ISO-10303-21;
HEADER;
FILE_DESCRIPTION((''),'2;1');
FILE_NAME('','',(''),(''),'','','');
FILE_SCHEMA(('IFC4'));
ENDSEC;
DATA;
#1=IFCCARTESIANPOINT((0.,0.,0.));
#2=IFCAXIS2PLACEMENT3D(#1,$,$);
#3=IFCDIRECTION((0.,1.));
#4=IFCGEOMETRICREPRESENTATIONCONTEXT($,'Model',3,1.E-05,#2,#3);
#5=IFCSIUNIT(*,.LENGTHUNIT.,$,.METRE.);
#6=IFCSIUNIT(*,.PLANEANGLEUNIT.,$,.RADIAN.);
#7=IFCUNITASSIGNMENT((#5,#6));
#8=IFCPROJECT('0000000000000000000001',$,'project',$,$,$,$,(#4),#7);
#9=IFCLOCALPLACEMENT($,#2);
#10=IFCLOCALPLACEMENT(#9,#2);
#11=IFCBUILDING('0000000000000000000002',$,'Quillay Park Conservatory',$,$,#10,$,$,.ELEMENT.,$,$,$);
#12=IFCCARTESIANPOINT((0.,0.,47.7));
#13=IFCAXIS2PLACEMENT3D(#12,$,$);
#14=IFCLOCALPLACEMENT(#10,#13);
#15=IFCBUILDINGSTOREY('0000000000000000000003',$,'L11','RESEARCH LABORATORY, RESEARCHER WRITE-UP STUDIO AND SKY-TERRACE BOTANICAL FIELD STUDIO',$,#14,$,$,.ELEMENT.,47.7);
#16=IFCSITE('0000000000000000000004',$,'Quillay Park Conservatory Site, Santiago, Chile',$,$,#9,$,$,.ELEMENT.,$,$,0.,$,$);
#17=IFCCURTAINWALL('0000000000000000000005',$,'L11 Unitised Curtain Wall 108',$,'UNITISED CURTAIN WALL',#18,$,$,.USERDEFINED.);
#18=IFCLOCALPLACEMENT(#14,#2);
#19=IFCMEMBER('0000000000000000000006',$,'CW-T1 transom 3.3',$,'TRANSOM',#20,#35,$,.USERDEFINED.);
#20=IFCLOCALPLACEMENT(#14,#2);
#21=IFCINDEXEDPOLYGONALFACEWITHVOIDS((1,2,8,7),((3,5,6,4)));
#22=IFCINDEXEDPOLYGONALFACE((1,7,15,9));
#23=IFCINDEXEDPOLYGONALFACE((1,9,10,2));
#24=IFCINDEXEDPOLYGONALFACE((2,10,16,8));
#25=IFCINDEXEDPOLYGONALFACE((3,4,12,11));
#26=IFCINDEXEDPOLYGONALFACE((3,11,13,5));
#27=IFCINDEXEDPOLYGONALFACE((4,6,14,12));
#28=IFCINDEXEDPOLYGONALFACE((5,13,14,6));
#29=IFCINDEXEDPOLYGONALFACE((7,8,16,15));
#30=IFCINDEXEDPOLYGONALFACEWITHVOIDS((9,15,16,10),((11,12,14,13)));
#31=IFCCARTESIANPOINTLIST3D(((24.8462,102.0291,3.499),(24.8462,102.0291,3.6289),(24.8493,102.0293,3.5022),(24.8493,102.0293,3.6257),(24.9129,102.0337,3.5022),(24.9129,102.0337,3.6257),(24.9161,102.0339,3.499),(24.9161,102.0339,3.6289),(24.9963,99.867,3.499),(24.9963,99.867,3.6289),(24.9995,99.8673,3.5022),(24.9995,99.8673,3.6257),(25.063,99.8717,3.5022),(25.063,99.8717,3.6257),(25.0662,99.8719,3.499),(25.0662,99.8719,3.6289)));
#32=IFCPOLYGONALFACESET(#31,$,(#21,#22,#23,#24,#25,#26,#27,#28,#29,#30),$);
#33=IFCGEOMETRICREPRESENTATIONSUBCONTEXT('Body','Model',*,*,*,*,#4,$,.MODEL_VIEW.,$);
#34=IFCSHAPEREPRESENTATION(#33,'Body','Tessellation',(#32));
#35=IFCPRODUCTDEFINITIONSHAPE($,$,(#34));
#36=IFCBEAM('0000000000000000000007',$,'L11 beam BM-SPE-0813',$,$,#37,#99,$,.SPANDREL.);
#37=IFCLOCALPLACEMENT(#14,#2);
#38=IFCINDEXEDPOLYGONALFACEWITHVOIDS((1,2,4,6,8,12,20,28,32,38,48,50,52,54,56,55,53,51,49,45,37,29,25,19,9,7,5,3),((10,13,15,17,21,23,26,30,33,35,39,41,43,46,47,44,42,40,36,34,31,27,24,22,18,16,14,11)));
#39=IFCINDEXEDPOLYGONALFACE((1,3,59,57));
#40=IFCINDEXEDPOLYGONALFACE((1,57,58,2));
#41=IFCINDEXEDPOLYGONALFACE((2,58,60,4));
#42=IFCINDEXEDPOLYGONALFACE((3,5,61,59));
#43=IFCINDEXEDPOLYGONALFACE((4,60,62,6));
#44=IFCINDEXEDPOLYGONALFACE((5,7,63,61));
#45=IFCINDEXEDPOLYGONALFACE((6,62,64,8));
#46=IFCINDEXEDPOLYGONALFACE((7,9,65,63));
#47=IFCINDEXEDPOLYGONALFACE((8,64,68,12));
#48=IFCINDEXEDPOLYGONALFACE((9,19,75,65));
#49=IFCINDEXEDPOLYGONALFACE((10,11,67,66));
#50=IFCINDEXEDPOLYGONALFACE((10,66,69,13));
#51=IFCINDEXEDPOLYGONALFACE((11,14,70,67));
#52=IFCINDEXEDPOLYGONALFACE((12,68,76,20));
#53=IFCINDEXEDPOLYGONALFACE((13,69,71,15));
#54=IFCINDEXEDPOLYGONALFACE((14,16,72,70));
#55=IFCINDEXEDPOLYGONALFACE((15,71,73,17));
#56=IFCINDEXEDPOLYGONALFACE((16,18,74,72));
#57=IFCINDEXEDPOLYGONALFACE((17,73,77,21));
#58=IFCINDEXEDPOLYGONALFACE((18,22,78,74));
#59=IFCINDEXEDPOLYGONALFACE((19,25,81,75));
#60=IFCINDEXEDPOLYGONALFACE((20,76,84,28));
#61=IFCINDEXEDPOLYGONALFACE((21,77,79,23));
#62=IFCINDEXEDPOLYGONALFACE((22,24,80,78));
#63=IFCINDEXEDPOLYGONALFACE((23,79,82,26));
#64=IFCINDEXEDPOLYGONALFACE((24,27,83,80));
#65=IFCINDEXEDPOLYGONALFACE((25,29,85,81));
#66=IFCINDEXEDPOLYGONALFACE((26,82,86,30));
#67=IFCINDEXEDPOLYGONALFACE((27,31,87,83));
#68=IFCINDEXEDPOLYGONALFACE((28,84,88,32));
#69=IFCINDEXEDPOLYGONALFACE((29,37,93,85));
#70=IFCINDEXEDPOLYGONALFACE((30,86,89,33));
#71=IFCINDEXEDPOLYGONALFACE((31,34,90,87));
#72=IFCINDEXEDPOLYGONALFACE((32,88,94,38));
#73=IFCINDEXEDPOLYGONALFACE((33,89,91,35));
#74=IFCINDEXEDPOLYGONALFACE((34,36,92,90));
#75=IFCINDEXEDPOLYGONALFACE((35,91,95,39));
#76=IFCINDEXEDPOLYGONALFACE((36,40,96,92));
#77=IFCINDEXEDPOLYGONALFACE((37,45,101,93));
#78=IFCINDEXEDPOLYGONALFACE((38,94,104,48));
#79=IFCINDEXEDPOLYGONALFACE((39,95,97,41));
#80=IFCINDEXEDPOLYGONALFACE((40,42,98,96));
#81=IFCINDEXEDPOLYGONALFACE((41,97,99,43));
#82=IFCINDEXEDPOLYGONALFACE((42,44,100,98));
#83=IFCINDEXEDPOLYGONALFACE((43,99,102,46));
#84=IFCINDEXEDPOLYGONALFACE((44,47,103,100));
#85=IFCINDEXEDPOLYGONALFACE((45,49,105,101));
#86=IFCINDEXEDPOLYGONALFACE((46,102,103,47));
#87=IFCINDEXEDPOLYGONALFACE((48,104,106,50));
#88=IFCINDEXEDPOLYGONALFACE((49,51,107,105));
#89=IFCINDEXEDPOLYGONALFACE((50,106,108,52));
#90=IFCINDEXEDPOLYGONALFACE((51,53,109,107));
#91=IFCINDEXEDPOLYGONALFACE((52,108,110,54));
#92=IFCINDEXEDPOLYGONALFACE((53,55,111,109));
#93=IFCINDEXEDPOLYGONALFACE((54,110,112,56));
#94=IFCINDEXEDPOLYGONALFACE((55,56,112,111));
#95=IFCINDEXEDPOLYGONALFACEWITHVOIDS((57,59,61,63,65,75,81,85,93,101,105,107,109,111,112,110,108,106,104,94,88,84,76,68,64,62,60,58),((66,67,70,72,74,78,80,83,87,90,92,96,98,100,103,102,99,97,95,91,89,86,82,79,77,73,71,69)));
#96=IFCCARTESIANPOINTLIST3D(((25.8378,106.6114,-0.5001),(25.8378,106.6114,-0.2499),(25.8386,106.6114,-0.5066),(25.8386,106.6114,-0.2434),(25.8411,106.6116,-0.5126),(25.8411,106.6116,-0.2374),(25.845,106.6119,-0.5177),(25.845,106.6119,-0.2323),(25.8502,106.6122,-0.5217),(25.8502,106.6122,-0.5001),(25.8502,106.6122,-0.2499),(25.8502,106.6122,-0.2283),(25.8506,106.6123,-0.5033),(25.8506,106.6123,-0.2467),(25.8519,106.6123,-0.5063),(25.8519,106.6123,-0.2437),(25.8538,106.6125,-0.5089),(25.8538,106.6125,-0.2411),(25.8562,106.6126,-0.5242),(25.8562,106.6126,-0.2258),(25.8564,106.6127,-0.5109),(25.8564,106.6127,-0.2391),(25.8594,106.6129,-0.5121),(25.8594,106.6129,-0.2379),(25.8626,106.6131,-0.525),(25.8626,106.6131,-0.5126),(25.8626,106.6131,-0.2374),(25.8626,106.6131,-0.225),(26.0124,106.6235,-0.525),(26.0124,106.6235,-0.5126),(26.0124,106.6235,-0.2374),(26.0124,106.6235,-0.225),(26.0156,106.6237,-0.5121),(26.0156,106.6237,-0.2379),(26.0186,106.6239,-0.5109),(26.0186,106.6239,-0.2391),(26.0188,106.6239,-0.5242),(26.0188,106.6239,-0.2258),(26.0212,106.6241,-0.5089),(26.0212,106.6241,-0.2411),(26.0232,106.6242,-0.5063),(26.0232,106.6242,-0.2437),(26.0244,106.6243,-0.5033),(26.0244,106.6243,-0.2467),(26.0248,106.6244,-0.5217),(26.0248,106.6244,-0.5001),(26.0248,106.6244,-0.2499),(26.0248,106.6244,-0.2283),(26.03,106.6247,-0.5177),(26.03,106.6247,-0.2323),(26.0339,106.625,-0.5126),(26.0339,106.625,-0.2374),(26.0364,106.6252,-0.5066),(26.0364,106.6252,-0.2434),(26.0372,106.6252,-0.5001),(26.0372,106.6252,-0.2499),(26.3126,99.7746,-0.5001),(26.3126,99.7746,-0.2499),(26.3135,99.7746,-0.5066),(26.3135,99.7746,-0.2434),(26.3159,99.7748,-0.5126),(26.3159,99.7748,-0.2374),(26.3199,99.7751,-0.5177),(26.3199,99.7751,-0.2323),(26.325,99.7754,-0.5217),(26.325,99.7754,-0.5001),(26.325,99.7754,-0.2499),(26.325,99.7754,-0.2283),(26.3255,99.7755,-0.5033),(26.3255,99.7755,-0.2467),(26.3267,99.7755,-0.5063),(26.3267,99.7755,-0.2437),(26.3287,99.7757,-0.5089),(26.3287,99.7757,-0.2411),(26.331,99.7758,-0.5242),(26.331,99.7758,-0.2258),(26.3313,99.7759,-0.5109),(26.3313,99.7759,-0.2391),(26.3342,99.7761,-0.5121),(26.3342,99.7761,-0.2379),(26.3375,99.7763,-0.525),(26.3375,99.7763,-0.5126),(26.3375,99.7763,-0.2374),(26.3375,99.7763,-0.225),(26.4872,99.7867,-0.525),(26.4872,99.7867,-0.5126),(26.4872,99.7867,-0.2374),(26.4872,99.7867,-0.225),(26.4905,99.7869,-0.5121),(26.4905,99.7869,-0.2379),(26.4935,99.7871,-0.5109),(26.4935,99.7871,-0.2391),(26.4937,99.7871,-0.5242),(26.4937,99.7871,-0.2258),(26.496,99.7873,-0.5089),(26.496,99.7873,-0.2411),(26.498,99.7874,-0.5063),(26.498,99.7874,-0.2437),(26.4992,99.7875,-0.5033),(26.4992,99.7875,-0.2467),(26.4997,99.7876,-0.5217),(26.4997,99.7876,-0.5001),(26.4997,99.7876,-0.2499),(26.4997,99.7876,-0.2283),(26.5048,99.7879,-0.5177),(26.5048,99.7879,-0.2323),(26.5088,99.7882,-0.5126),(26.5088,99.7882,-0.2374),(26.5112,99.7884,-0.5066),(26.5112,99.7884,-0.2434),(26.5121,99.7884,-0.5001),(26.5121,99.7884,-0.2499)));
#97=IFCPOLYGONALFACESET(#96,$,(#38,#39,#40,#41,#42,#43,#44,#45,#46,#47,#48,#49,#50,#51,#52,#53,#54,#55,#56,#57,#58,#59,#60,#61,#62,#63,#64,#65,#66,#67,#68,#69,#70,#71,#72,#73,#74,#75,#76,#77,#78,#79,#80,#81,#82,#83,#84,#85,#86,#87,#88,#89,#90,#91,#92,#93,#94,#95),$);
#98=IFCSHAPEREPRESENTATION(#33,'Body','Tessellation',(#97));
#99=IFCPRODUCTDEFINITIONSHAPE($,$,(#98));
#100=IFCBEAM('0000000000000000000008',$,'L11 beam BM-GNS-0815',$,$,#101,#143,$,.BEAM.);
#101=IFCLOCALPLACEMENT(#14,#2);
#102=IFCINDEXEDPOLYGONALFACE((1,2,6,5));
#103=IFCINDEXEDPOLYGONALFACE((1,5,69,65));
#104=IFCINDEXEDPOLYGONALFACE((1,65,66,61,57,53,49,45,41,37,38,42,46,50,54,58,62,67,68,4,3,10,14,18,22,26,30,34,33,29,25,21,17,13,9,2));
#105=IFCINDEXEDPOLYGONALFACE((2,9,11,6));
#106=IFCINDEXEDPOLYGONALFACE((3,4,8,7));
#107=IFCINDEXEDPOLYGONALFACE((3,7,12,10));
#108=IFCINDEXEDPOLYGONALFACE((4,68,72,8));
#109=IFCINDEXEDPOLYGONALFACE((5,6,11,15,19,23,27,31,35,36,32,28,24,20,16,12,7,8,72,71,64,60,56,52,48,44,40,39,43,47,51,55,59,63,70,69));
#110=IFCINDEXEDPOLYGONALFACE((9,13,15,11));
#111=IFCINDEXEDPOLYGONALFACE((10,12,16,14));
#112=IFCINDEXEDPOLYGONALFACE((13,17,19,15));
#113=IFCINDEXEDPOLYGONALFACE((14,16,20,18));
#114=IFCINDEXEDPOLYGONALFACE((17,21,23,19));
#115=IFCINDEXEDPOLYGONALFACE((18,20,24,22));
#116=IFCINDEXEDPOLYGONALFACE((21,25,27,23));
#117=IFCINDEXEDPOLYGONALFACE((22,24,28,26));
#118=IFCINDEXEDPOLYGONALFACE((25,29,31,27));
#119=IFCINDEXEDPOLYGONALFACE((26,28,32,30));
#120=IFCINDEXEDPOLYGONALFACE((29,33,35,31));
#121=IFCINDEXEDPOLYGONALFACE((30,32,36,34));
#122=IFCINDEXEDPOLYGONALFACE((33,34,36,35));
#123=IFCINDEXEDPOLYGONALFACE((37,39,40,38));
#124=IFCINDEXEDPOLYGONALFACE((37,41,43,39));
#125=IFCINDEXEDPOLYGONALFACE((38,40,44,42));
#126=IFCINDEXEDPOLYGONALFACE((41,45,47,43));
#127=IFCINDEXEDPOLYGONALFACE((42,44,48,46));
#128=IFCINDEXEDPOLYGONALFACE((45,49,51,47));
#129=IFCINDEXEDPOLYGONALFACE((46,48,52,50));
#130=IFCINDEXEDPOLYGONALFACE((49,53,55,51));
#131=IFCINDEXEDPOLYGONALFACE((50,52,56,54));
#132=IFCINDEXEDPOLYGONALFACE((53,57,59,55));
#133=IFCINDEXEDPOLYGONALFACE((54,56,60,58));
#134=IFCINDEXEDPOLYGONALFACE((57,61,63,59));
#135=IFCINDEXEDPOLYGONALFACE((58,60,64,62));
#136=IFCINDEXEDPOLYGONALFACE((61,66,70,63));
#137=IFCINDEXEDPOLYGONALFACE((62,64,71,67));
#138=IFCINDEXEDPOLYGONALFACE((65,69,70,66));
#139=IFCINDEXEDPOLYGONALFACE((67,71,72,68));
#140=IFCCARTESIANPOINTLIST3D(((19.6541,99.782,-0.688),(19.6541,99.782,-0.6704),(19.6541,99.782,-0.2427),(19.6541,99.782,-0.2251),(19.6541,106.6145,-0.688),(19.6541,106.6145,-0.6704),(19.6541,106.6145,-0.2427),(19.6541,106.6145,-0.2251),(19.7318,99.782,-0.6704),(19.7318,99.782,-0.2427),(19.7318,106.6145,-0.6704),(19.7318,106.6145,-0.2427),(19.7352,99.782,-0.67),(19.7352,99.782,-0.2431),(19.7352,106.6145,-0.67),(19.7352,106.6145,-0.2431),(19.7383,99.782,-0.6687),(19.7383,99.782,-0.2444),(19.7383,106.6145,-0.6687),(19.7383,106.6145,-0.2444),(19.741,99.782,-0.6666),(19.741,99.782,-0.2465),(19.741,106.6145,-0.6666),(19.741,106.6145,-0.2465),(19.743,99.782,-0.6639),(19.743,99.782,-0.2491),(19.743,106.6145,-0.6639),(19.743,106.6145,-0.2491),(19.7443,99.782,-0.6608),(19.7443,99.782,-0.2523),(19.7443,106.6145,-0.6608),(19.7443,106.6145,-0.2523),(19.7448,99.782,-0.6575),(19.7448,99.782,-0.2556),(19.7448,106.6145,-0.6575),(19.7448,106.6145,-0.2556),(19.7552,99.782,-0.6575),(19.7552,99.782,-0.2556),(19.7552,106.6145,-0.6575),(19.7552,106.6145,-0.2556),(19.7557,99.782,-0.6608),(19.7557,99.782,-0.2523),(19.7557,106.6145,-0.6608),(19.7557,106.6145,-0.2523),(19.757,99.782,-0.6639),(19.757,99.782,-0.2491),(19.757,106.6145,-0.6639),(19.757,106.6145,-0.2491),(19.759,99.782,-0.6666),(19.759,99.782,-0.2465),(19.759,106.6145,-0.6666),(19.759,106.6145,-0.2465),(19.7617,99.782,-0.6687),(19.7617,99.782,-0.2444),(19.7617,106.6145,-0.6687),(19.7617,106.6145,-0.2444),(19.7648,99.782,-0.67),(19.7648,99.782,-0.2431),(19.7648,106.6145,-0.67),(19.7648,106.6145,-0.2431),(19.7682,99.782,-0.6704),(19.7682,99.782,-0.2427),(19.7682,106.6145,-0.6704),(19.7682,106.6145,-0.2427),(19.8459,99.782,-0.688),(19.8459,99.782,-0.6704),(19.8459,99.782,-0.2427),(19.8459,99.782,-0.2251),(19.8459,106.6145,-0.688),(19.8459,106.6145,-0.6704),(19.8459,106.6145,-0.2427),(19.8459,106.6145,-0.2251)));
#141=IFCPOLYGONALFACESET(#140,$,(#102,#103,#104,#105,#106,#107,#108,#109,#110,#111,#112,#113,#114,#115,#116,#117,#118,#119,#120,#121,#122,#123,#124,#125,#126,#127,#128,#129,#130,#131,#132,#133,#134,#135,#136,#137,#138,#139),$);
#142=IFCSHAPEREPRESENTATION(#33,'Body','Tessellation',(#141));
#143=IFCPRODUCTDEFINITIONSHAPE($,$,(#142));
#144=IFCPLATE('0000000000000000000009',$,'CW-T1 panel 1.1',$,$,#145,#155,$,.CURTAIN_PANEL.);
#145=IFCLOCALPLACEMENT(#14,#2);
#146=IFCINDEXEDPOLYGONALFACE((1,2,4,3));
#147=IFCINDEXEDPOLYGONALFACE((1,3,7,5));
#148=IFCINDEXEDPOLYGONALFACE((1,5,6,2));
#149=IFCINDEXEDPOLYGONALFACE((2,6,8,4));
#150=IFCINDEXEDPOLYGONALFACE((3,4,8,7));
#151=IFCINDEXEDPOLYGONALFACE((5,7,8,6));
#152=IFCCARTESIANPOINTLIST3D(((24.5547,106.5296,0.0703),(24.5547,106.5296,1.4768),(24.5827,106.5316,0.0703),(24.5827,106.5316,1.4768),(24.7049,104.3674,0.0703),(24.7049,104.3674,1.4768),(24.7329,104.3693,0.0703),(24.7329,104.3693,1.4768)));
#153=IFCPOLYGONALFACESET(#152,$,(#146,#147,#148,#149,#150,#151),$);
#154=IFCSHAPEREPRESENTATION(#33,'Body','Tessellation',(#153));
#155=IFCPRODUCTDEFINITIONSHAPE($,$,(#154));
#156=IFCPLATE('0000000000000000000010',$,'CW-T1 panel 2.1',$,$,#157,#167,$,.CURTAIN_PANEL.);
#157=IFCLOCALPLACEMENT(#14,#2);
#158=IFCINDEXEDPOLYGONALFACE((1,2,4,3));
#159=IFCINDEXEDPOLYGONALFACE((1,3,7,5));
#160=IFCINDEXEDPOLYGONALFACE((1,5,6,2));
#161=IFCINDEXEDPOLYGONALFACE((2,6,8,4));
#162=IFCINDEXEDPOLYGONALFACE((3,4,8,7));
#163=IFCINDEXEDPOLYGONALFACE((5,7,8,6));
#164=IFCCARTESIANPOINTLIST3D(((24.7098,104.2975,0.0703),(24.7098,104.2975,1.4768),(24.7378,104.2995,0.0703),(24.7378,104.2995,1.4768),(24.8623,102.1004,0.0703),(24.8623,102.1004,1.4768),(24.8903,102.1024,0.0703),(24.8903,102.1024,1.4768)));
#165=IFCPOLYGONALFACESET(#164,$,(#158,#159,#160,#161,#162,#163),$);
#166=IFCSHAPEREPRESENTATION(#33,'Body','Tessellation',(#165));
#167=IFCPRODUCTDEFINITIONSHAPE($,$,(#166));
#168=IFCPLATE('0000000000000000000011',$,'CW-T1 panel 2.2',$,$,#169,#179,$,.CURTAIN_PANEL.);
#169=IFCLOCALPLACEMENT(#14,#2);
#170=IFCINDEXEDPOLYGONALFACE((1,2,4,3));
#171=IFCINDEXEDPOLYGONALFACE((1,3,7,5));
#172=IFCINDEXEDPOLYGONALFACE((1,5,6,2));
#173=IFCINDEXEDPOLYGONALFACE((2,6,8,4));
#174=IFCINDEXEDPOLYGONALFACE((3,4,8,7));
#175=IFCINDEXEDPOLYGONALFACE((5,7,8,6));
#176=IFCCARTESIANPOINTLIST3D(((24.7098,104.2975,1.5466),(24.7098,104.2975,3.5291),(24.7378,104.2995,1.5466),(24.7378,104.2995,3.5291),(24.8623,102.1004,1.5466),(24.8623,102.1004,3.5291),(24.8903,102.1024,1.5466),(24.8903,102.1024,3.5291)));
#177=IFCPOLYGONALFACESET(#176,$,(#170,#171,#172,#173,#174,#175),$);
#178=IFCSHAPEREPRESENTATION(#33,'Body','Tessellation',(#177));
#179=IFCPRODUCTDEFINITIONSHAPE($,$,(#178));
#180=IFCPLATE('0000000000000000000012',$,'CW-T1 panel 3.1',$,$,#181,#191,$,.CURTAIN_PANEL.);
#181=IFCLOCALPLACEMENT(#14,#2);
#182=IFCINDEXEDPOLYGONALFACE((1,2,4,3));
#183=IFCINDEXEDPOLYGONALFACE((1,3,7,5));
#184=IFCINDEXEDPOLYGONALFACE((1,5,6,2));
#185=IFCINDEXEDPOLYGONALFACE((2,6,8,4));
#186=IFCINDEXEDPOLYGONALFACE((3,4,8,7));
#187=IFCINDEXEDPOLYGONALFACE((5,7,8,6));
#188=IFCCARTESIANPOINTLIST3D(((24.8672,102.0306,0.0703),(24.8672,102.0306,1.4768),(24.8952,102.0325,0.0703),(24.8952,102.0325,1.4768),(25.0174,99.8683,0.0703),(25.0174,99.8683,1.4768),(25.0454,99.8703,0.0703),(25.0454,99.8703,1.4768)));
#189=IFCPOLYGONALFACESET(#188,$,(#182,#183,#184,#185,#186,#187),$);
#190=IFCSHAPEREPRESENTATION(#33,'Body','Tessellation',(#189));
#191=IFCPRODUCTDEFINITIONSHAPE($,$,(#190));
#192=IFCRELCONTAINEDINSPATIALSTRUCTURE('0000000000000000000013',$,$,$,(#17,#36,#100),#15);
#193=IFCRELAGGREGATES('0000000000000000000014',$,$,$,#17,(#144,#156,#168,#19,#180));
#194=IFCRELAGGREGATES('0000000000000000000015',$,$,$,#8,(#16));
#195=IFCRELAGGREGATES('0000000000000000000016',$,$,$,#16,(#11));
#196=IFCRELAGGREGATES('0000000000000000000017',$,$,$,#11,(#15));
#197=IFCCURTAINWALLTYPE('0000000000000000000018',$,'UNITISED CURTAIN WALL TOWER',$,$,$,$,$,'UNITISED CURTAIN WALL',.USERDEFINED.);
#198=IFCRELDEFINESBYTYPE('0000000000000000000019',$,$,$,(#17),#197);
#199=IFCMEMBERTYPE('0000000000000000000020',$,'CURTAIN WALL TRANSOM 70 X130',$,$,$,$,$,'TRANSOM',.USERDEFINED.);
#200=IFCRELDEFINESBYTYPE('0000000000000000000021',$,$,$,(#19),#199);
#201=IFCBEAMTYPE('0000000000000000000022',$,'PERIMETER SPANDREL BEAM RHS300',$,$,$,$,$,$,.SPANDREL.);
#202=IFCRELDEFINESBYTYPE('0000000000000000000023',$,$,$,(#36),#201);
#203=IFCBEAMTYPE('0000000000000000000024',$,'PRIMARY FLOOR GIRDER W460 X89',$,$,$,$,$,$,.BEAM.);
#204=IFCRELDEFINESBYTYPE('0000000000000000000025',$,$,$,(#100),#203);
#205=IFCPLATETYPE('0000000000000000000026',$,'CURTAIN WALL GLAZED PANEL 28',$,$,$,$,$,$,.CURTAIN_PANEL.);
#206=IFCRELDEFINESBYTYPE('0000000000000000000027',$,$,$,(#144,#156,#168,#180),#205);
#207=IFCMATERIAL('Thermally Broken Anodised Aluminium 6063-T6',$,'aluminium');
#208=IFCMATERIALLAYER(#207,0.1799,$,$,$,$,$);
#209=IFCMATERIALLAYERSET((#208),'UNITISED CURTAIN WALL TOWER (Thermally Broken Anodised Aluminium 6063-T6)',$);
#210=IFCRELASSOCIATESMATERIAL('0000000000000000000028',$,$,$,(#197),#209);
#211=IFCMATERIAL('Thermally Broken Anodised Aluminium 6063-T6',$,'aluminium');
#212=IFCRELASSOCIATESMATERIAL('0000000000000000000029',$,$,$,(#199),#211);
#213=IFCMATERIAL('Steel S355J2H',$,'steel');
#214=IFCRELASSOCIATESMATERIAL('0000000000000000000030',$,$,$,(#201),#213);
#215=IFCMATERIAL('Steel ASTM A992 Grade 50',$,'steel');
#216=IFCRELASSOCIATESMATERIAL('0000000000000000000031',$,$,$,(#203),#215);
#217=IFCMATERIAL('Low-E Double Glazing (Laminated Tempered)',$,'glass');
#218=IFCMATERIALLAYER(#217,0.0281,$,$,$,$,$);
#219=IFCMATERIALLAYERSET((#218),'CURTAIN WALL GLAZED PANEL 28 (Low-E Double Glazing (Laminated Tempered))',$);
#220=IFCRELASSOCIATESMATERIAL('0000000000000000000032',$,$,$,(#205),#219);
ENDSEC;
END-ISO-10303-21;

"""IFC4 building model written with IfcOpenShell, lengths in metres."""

from ifc_helpers import new_model, si_unit, direction, frame, origin, origin_2d, place, context, subcontext, project, spatial, rectangle, hollow_rectangle, i_section, extrude, material, layer, layer_set, material_profile, profile_set, type_object, element, aggregate, save


model = new_model("IFC4")

# Units and contexts
model_context = context("Model", 3, precision=1e-05, world=origin(), true_north=direction((0.0, 1.0)))
body_context = subcontext(model_context, "Body", "Model", "MODEL_VIEW")
ifc_project = project(units=[si_unit("LENGTHUNIT", "METRE"), si_unit("PLANEANGLEUNIT", "RADIAN")], contexts=[model_context])

# Site, building, storey
site_placement = place(None, origin())
site = spatial("IfcSite", under=ifc_project, at=site_placement, Name="Quillay Park Conservatory Site, Santiago, Chile", CompositionType="ELEMENT", RefElevation=0.0)
building_placement = place(site_placement, origin())
building = spatial("IfcBuilding", under=site, at=building_placement, Name="Quillay Park Conservatory", CompositionType="ELEMENT")
storey_placement = place(building_placement, frame((0.0, 0.0, 47.7)))
storey = spatial("IfcBuildingStorey", under=building, at=storey_placement, Name="L11", Description="RESEARCH LABORATORY, RESEARCHER WRITE-UP STUDIO AND SKY-TERRACE BOTANICAL FIELD STUDIO", CompositionType="ELEMENT", Elevation=47.7)

# Curtain wall, member
ifc_material_1 = material(Name="Thermally Broken Anodised Aluminium 6063-T6", Category="aluminium")
ifc_layer_1 = layer(ifc_material_1, 0.1799)
ifc_layer_set_1 = layer_set([ifc_layer_1], Name="UNITISED CURTAIN WALL TOWER (Thermally Broken Anodised Aluminium 6063-T6)")
curtain_wall_type = type_object("IfcCurtainWallType", Name="UNITISED CURTAIN WALL TOWER", ElementType="UNITISED CURTAIN WALL", PredefinedType="USERDEFINED", material=ifc_layer_set_1)
curtain_wall_placement = place(storey_placement, origin())
curtain_wall = element("IfcCurtainWall", 1, at=curtain_wall_placement, inside=storey, type_object=curtain_wall_type, Name="L11 Unitised Curtain Wall 108", ObjectType="UNITISED CURTAIN WALL", PredefinedType="USERDEFINED")
ifc_material_2 = material(Name="Thermally Broken Anodised Aluminium 6063-T6", Category="aluminium")
ifc_material_profile_1 = material_profile(ifc_material_2, hollow_rectangle(XDim=0.0701, YDim=0.1299, WallThickness=0.0032, at=origin_2d()), Name="AL70x130x3.2")
ifc_profile_set_1 = profile_set([ifc_material_profile_1], Name="Thermally Broken Anodised Aluminium 6063-T6")
member_type_1 = type_object("IfcMemberType", Name="CURTAIN WALL TRANSOM 70 X130", ElementType="TRANSOM", PredefinedType="USERDEFINED", material=ifc_profile_set_1)
member_1_placement = place(storey_placement, frame((24.8811, 102.0315, 3.564), z_axis=(0.069278, -0.997597, 0.0), x_axis=(0.997597, 0.069278, 0.0)))
member_1 = element("IfcMember", 2, at=member_1_placement, type_object=member_type_1, Name="CW-T1 transom 3.3", ObjectType="TRANSOM", PredefinedType="USERDEFINED", context=body_context, shape_type="SweptSolid", body=[
    extrude(hollow_rectangle(XDim=0.0701, YDim=0.1299, WallThickness=0.0032, at=origin_2d()), origin(), (0.0, 0.0, 1.0), 2.1672),
])

# Beams
ifc_material_3 = material(Name="Steel S355J2H", Category="steel")
ifc_material_profile_2 = material_profile(ifc_material_3, hollow_rectangle(XDim=0.2, YDim=0.3, WallThickness=0.0125, InnerFilletRadius=0.0125, OuterFilletRadius=0.0249, at=origin_2d()), Name="RHS300x200x12.5")
ifc_profile_set_2 = profile_set([ifc_material_profile_2], Name="Steel S355J2H")
beam_type_1 = type_object("IfcBeamType", Name="PERIMETER SPANDREL BEAM RHS300", PredefinedType="SPANDREL", material=ifc_profile_set_2)
beam_1_placement = place(storey_placement, frame((26.4124, 99.7815, -0.375), z_axis=(-0.069287, 0.997597, 0.0), x_axis=(-0.997597, -0.069287, 0.0)))
element("IfcBeam", 3, at=beam_1_placement, inside=storey, type_object=beam_type_1, Name="L11 beam BM-SPE-0813", PredefinedType="SPANDREL", context=body_context, shape_type="SweptSolid", body=[
    extrude(hollow_rectangle(XDim=0.2, YDim=0.3, WallThickness=0.0125, InnerFilletRadius=0.0125, OuterFilletRadius=0.0249, at=origin_2d()), origin(), (0.0, 0.0, 1.0), 6.8533),
])
ifc_material_4 = material(Name="Steel ASTM A992 Grade 50", Category="steel")
ifc_material_profile_3 = material_profile(ifc_material_4, i_section(OverallWidth=0.1919, OverallDepth=0.4629, WebThickness=0.0105, FlangeThickness=0.0176, FilletRadius=0.0129, at=origin_2d()), Name="W460x89")
ifc_profile_set_3 = profile_set([ifc_material_profile_3], Name="Steel ASTM A992 Grade 50")
beam_type_2 = type_object("IfcBeamType", Name="PRIMARY FLOOR GIRDER W460 X89", PredefinedType="BEAM", material=ifc_profile_set_3)
beam_2_placement = place(storey_placement, frame((19.75, 99.782, -0.4565), z_axis=(0.0, 1.0, 0.0), x_axis=(-1.0, 0.0, 0.0)))
element("IfcBeam", 4, at=beam_2_placement, inside=storey, type_object=beam_type_2, Name="L11 beam BM-GNS-0815", PredefinedType="BEAM", context=body_context, shape_type="SweptSolid", body=[
    extrude(i_section(OverallWidth=0.1919, OverallDepth=0.4629, WebThickness=0.0105, FlangeThickness=0.0176, FilletRadius=0.0129, at=origin_2d()), origin(), (0.0, 0.0, 1.0), 6.8325),
])

# Plates
ifc_material_5 = material(Name="Low-E Double Glazing (Laminated Tempered)", Category="glass")
ifc_layer_2 = layer(ifc_material_5, 0.0281)
ifc_layer_set_2 = layer_set([ifc_layer_2], Name="CURTAIN WALL GLAZED PANEL 28 (Low-E Double Glazing (Laminated Tempered))")
plate_type = type_object("IfcPlateType", Name="CURTAIN WALL GLAZED PANEL 28", PredefinedType="CURTAIN_PANEL", material=ifc_layer_set_2)
plate_1_placement = place(storey_placement, frame((24.6438, 105.4495, 0.0703), z_axis=(0.0, 0.0, 1.0), x_axis=(0.069264, -0.997598, 0.0)))
plate_1 = element("IfcPlate", 5, at=plate_1_placement, type_object=plate_type, Name="CW-T1 panel 1.1", PredefinedType="CURTAIN_PANEL", context=body_context, shape_type="SweptSolid", body=[
    extrude(rectangle(XDim=2.1675, YDim=0.0281, at=origin_2d()), origin(), (0.0, 0.0, 1.0), 1.4065),
])
plate_2_placement = place(storey_placement, frame((24.8, 103.2, 0.0703), z_axis=(0.0, 0.0, 1.0), x_axis=(0.069264, -0.997598, 0.0)))
plate_2 = element("IfcPlate", 6, at=plate_2_placement, type_object=plate_type, Name="CW-T1 panel 2.1", PredefinedType="CURTAIN_PANEL", context=body_context, shape_type="SweptSolid", body=[
    extrude(rectangle(XDim=2.2024, YDim=0.0281, at=origin_2d()), origin(), (0.0, 0.0, 1.0), 1.4065),
])
plate_3_placement = place(storey_placement, frame((24.8, 103.2, 1.5466), z_axis=(0.0, 0.0, 1.0), x_axis=(0.069264, -0.997598, 0.0)))
plate_3 = element("IfcPlate", 7, at=plate_3_placement, type_object=plate_type, Name="CW-T1 panel 2.2", PredefinedType="CURTAIN_PANEL", context=body_context, shape_type="SweptSolid", body=[
    extrude(rectangle(XDim=2.2024, YDim=0.0281, at=origin_2d()), origin(), (0.0, 0.0, 1.0), 1.9824),
])
plate_4_placement = place(storey_placement, frame((24.9563, 100.9504, 0.0703), z_axis=(0.0, 0.0, 1.0), x_axis=(0.069264, -0.997598, 0.0)))
plate_4 = element("IfcPlate", 8, at=plate_4_placement, type_object=plate_type, Name="CW-T1 panel 3.1", PredefinedType="CURTAIN_PANEL", context=body_context, shape_type="SweptSolid", body=[
    extrude(rectangle(XDim=2.1675, YDim=0.0281, at=origin_2d()), origin(), (0.0, 0.0, 1.0), 1.4065),
])
aggregate(curtain_wall, [plate_1, plate_2, plate_3, member_1, plate_4])

save(model, "model.ifc")
